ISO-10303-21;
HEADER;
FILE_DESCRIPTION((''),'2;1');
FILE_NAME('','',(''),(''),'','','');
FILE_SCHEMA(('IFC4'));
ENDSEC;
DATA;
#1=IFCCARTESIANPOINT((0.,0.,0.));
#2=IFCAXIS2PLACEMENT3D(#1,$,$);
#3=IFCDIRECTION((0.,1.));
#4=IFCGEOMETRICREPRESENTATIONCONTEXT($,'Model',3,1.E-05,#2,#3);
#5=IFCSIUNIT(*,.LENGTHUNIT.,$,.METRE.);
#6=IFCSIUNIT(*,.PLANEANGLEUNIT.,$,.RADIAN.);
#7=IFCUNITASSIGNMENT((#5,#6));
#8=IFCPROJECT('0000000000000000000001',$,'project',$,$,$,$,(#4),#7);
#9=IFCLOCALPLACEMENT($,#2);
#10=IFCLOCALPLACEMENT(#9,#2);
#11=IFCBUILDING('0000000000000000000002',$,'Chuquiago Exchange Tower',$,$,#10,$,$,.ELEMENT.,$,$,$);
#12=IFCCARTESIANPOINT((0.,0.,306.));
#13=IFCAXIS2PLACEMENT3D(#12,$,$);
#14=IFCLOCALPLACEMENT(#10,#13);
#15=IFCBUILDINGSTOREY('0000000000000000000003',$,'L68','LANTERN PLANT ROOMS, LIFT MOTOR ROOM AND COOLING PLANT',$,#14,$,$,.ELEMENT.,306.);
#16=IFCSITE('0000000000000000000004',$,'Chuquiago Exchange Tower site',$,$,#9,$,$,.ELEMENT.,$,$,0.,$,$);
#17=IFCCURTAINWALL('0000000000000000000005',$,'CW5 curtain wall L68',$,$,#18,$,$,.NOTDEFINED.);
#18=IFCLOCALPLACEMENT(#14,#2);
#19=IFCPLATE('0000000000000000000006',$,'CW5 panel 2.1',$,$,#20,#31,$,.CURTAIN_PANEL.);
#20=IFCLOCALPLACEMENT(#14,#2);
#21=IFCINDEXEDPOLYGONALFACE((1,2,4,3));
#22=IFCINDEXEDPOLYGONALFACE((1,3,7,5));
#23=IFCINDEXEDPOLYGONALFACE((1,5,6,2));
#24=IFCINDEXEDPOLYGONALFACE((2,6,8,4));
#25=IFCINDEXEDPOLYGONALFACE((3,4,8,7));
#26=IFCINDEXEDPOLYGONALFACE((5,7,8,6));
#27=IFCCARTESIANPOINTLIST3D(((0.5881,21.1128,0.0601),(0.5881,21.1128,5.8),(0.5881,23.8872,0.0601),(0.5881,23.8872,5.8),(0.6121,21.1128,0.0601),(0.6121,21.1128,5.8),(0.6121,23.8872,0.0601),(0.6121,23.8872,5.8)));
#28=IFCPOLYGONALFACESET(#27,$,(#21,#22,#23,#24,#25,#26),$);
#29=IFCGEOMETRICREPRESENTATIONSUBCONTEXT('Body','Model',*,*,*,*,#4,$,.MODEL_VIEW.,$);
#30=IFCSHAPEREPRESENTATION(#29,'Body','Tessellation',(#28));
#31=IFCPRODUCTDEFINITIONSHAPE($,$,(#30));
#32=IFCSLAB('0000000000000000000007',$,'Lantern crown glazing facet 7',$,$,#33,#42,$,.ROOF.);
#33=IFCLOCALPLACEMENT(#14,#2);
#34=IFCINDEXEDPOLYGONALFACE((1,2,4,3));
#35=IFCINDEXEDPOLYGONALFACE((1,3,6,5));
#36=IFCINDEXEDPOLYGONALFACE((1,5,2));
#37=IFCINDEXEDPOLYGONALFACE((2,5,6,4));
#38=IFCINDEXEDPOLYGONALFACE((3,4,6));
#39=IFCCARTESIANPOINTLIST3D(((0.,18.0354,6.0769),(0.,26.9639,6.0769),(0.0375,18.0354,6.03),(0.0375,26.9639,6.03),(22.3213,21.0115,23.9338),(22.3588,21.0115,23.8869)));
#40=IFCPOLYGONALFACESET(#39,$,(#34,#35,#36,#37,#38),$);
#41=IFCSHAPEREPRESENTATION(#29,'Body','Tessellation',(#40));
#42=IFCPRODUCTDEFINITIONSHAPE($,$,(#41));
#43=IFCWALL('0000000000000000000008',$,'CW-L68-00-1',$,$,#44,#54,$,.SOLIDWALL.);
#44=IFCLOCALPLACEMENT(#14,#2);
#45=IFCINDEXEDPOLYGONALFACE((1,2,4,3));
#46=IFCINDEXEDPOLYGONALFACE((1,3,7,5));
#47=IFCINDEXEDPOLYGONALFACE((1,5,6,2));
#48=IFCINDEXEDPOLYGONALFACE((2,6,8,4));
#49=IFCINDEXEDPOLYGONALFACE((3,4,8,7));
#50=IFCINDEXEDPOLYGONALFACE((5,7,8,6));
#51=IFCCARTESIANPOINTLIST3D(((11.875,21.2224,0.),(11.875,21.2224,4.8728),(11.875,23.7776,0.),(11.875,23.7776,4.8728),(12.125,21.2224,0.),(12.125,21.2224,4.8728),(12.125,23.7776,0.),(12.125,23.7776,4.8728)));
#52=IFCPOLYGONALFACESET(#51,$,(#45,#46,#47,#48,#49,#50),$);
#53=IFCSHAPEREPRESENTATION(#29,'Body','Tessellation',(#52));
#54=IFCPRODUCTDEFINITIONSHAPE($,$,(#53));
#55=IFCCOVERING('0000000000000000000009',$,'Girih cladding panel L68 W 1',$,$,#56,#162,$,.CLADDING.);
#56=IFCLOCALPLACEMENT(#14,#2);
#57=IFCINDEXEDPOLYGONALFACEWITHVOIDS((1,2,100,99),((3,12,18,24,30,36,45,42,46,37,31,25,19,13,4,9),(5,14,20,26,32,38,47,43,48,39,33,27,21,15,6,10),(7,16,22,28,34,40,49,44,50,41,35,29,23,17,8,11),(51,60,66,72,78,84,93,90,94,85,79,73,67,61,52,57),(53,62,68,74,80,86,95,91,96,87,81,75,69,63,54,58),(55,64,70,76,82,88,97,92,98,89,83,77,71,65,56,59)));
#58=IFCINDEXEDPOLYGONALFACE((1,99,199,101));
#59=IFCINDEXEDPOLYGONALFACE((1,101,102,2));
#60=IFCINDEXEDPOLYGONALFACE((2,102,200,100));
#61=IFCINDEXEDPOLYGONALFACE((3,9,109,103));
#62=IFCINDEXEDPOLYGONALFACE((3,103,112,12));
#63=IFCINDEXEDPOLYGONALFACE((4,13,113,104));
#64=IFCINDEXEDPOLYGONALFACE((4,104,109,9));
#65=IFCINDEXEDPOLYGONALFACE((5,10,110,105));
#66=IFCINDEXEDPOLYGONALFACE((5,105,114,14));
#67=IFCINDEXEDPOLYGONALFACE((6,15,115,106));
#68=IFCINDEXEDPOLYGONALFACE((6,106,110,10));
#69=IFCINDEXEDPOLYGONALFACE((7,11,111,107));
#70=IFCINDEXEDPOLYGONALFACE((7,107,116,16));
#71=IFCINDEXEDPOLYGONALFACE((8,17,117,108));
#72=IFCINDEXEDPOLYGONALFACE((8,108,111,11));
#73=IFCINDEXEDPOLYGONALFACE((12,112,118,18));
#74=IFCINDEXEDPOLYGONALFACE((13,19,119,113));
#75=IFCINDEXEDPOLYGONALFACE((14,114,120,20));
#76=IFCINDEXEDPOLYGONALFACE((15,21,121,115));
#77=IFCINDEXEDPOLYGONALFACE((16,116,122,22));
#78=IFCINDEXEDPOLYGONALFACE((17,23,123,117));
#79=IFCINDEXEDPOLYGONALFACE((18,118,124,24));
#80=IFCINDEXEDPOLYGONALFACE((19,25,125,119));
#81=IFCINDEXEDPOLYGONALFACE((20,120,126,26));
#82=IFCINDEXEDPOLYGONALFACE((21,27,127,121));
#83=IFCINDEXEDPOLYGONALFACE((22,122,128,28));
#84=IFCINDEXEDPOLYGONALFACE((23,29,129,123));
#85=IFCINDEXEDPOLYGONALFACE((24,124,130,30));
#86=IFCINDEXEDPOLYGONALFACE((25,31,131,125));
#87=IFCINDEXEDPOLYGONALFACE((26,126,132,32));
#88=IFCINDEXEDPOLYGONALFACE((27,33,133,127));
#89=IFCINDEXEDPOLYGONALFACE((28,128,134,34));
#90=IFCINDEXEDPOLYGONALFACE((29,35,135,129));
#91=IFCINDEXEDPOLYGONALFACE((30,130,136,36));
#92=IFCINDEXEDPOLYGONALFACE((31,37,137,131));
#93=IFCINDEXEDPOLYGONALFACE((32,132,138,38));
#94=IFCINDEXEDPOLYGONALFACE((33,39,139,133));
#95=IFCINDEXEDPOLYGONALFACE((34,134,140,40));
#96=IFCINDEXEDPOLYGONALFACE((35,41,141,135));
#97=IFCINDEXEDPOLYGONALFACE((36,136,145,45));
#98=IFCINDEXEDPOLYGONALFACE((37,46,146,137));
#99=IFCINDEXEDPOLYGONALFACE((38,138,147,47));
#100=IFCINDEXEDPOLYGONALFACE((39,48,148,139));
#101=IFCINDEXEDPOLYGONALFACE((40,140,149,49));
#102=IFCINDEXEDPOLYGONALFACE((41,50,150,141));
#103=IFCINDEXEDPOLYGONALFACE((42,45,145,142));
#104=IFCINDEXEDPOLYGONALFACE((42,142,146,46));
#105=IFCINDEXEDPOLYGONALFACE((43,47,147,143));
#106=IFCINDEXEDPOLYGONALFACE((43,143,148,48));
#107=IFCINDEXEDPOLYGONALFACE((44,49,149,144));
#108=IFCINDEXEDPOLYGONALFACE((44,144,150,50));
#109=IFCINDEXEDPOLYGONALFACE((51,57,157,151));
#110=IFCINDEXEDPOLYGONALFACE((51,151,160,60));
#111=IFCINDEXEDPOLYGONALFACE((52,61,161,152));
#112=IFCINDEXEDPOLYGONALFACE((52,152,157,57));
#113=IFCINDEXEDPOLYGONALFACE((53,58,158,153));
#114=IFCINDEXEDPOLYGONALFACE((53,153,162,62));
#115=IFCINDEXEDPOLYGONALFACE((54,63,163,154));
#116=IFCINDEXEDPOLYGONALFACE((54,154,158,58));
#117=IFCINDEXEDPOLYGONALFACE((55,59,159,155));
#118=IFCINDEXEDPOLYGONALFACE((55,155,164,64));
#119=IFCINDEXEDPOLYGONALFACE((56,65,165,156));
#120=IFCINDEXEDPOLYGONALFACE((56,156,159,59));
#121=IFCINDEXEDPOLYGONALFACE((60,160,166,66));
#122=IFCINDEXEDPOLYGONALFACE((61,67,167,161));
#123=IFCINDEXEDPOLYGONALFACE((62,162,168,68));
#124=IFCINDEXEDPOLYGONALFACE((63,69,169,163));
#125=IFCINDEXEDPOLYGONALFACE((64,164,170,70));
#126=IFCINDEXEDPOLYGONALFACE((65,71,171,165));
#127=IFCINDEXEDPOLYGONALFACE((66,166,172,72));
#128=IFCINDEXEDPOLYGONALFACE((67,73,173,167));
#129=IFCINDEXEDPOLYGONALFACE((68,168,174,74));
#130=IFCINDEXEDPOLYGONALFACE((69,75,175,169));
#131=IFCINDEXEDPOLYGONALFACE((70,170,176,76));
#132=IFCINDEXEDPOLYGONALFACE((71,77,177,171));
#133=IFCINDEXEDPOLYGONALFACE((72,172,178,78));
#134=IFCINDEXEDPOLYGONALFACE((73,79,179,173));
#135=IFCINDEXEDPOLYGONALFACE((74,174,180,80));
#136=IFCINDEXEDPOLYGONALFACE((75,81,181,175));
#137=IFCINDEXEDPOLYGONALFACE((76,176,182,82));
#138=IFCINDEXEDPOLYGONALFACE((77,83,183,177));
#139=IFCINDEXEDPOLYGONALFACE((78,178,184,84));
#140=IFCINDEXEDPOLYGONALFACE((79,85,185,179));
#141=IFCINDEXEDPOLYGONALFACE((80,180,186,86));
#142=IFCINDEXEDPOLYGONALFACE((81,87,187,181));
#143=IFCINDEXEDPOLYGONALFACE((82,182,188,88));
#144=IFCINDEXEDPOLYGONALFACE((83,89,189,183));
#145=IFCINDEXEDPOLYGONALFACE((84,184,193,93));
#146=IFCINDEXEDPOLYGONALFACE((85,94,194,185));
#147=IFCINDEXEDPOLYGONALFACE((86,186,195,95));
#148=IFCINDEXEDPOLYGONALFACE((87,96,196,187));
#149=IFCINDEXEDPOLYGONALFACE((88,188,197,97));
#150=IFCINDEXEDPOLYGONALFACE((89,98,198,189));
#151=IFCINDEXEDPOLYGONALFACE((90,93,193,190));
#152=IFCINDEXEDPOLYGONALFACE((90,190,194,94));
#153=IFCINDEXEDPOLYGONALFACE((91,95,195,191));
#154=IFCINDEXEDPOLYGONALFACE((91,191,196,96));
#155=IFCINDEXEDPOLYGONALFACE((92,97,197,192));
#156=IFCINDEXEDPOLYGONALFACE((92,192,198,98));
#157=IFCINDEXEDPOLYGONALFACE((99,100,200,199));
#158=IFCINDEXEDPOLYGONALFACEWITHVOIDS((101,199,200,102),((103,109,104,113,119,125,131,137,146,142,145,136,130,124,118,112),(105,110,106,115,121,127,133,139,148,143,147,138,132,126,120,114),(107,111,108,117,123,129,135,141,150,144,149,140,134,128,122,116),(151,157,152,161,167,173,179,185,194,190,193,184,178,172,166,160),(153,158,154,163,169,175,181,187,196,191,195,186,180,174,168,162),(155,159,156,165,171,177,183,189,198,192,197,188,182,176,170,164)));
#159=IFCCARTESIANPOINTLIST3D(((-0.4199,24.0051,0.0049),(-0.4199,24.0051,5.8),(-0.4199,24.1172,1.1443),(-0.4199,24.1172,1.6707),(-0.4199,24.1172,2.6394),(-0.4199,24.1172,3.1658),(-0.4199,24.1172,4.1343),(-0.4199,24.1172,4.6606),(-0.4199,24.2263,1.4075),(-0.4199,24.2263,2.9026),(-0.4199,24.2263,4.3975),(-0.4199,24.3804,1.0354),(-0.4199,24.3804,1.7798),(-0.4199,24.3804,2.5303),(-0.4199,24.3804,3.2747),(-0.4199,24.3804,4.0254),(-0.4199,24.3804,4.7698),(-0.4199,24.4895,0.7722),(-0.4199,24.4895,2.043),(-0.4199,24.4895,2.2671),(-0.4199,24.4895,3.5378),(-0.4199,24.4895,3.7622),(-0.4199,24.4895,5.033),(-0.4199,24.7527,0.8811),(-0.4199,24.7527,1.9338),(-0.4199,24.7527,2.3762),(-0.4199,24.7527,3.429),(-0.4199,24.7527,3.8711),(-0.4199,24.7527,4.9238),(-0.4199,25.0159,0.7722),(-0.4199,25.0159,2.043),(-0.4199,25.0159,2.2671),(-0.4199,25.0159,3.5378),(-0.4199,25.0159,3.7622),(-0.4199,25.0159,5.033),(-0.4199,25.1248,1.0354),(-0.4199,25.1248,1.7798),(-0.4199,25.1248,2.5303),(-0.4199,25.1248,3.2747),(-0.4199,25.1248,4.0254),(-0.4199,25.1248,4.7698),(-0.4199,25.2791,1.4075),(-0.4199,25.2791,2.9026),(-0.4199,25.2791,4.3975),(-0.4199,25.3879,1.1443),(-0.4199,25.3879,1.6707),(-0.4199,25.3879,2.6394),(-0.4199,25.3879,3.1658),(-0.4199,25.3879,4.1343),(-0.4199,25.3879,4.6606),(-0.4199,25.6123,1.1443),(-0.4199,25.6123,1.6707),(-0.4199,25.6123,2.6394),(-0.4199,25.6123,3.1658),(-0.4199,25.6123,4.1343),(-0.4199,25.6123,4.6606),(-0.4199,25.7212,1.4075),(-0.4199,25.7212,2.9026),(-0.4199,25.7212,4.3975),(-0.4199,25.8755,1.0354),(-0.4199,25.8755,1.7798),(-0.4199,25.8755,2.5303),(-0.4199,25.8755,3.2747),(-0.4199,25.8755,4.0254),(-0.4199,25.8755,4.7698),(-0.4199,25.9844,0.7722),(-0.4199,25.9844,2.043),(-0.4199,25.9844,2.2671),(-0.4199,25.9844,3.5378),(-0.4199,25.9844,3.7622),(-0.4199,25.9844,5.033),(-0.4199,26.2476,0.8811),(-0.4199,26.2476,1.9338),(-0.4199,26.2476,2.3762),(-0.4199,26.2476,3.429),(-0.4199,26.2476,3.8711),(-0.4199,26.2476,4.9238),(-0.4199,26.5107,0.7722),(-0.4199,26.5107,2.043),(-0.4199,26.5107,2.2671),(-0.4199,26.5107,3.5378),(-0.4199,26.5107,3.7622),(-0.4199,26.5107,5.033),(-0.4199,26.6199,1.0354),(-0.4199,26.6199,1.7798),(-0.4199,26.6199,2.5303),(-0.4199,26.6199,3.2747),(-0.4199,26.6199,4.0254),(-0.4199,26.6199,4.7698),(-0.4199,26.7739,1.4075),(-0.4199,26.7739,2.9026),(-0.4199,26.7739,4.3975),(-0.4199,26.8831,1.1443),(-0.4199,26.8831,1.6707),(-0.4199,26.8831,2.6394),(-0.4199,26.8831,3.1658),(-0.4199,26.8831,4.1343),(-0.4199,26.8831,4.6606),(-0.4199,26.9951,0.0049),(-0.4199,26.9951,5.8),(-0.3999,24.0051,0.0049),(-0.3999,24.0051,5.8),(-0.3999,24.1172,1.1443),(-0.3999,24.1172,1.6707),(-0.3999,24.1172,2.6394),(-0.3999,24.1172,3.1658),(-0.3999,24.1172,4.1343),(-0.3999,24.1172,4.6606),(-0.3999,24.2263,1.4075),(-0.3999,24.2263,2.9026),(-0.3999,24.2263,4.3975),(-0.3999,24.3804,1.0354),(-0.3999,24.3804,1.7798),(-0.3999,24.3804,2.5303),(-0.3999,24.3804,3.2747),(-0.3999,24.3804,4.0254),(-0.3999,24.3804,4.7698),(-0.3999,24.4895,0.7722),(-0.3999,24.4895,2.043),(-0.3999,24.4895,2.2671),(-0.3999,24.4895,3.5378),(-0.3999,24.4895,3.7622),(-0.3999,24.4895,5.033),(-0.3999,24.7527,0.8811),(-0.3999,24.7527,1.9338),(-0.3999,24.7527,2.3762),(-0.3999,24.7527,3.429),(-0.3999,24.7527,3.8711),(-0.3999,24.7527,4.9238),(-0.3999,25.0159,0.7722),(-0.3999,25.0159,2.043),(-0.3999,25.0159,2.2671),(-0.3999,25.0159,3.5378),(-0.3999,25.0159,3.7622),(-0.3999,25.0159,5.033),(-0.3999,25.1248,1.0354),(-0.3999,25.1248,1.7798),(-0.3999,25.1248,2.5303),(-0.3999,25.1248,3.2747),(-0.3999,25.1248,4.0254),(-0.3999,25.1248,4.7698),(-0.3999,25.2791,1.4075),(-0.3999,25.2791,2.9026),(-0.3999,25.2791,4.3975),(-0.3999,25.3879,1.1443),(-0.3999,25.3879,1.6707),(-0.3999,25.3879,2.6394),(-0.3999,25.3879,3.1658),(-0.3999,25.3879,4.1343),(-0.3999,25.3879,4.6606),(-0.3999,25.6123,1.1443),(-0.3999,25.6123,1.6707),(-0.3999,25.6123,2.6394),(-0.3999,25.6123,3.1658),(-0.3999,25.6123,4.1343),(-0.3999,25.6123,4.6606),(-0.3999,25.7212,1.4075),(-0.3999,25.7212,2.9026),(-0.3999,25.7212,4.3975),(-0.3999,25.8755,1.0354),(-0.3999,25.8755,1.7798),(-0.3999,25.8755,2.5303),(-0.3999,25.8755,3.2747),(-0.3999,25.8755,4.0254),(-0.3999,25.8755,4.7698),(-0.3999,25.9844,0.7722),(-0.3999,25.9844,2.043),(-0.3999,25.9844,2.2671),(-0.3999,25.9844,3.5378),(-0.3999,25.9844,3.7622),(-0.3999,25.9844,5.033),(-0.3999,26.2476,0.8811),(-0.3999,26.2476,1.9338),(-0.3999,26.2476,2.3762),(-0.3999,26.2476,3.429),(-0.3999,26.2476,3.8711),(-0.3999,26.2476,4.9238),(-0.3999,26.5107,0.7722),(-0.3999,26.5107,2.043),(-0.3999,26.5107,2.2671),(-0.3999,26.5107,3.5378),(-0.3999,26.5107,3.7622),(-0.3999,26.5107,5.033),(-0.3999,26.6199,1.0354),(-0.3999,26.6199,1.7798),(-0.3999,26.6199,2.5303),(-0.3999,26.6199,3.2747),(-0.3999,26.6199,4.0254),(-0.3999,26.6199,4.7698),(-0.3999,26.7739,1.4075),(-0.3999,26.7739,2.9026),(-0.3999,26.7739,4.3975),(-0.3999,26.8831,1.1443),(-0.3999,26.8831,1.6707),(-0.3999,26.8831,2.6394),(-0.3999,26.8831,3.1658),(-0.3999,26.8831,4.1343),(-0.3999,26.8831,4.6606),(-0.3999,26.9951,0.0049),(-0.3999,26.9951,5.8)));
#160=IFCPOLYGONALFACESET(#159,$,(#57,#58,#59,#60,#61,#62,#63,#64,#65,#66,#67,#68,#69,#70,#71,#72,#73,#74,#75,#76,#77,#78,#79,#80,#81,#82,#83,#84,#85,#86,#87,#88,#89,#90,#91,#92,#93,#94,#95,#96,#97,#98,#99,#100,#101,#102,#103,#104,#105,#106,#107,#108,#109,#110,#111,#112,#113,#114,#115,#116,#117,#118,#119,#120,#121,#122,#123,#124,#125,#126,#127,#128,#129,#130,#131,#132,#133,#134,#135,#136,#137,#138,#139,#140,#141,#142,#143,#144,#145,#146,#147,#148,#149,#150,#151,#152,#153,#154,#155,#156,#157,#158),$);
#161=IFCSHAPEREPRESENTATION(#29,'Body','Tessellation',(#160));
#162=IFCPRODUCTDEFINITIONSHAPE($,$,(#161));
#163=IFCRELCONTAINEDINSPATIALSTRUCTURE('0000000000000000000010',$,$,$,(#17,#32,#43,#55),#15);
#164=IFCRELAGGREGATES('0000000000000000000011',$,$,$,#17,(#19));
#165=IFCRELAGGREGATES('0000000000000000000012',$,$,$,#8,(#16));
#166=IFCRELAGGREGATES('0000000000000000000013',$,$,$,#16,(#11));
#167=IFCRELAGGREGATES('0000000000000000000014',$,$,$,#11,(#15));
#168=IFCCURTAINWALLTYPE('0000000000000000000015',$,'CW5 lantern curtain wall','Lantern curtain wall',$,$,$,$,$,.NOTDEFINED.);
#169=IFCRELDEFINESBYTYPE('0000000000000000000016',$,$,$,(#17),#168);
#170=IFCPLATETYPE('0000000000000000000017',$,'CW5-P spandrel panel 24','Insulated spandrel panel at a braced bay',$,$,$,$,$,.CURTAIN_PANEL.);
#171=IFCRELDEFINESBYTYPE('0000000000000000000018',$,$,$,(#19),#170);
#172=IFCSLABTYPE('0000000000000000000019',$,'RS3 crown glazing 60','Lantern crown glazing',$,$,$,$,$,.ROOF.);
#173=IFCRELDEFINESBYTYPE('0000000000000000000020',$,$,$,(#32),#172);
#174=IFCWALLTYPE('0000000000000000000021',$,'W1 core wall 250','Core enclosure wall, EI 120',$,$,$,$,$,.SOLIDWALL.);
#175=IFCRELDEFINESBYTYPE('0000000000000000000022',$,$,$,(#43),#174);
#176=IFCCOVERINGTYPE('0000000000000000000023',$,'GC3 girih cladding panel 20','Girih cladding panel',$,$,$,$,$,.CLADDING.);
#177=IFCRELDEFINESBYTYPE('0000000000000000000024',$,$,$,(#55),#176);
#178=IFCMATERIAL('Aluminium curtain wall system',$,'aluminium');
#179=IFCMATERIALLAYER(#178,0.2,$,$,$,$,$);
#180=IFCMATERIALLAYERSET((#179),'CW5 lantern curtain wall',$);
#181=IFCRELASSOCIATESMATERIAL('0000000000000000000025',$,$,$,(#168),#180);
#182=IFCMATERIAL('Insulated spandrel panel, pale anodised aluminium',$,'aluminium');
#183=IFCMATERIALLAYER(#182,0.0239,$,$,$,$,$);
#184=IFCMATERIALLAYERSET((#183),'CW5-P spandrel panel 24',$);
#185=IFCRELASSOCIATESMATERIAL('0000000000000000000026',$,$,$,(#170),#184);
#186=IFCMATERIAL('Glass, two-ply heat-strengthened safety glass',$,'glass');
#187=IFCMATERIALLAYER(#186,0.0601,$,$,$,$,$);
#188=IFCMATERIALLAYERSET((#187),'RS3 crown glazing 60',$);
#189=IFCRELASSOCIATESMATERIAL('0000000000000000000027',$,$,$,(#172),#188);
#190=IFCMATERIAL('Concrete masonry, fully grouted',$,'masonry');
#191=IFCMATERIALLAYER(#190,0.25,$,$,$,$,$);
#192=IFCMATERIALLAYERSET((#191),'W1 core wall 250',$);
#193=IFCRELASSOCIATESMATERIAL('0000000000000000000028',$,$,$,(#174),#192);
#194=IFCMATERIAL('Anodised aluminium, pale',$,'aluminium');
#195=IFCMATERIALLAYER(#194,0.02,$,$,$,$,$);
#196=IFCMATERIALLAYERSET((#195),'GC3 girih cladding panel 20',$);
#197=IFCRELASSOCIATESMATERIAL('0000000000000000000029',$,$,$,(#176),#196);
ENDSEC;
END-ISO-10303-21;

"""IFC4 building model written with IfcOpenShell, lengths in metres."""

from ifc_helpers import new_model, si_unit, direction, frame, frame_2d, origin, origin_2d, place, context, subcontext, project, spatial, polyline, rectangle, outline, extrude, material, layer, layer_set, type_object, element, aggregate, save


model = new_model("IFC4")

# Units and contexts
model_context = context("Model", 3, precision=1e-05, world=origin(), true_north=direction((0.0, 1.0)))
body_context = subcontext(model_context, "Body", "Model", "MODEL_VIEW")
ifc_project = project(units=[si_unit("LENGTHUNIT", "METRE"), si_unit("PLANEANGLEUNIT", "RADIAN")], contexts=[model_context])

# Site, building, storey
site_placement = place(None, origin())
site = spatial("IfcSite", under=ifc_project, at=site_placement, Name="Chuquiago Exchange Tower site", CompositionType="ELEMENT", RefElevation=0.0)
building_placement = place(site_placement, origin())
building = spatial("IfcBuilding", under=site, at=building_placement, Name="Chuquiago Exchange Tower", CompositionType="ELEMENT")
storey_placement = place(building_placement, frame((0.0, 0.0, 306.0)))
storey = spatial("IfcBuildingStorey", under=building, at=storey_placement, Name="L68", Description="LANTERN PLANT ROOMS, LIFT MOTOR ROOM AND COOLING PLANT", CompositionType="ELEMENT", Elevation=306.0)

# Curtain wall
ifc_material_1 = material(Name="Aluminium curtain wall system", Category="aluminium")
ifc_layer_1 = layer(ifc_material_1, 0.2)
ifc_layer_set_1 = layer_set([ifc_layer_1], Name="CW5 lantern curtain wall")
curtain_wall_type = type_object("IfcCurtainWallType", Name="CW5 lantern curtain wall", Description="Lantern curtain wall", PredefinedType="NOTDEFINED", material=ifc_layer_set_1)
curtain_wall_1_placement = place(storey_placement, origin())
curtain_wall_1 = element("IfcCurtainWall", 1, at=curtain_wall_1_placement, inside=storey, type_object=curtain_wall_type, Name="CW5 curtain wall L68", PredefinedType="NOTDEFINED")

# Plate
ifc_material_2 = material(Name="Insulated spandrel panel, pale anodised aluminium", Category="aluminium")
ifc_layer_2 = layer(ifc_material_2, 0.0239)
ifc_layer_set_2 = layer_set([ifc_layer_2], Name="CW5-P spandrel panel 24")
plate_type_1 = type_object("IfcPlateType", Name="CW5-P spandrel panel 24", Description="Insulated spandrel panel at a braced bay", PredefinedType="CURTAIN_PANEL", material=ifc_layer_set_2)
plate_1_placement = place(storey_placement, frame((0.6001, 22.5, 0.0601), z_axis=(0.0, 0.0, 1.0), x_axis=(0.0, -1.0, 0.0)))
plate_1 = element("IfcPlate", 2, at=plate_1_placement, type_object=plate_type_1, Name="CW5 panel 2.1", PredefinedType="CURTAIN_PANEL", context=body_context, shape_type="SweptSolid", body=[
    extrude(rectangle(XDim=2.7744, YDim=0.0239, at=origin_2d()), origin(), (0.0, 0.0, 1.0), 5.74),
])
aggregate(curtain_wall_1, [plate_1])

# Slab
ifc_material_3 = material(Name="Glass, two-ply heat-strengthened safety glass", Category="glass")
ifc_layer_3 = layer(ifc_material_3, 0.0601)
ifc_layer_set_3 = layer_set([ifc_layer_3], Name="RS3 crown glazing 60")
slab_type = type_object("IfcSlabType", Name="RS3 crown glazing 60", Description="Lantern crown glazing", PredefinedType="ROOF", material=ifc_layer_set_3)
slab_placement = place(storey_placement, frame((0.0, 26.9639, 6.0769), z_axis=(-0.624693, 0.0, 0.78087), x_axis=(0.0, -1.0, 0.0)))
element("IfcSlab", 3, at=slab_placement, inside=storey, type_object=slab_type, Name="Lantern crown glazing facet 7", PredefinedType="ROOF", context=body_context, shape_type="SweptSolid", body=[
    extrude(outline(polyline([(0.0, 0.0), (8.9285, 0.0), (5.9524, 28.5851), (0.0, 0.0)])), origin(), (0.0, 0.0, -1.0), 0.0601),
])

# Wall
ifc_material_4 = material(Name="Concrete masonry, fully grouted", Category="masonry")
ifc_layer_4 = layer(ifc_material_4, 0.25)
ifc_layer_set_4 = layer_set([ifc_layer_4], Name="W1 core wall 250")
wall_type = type_object("IfcWallType", Name="W1 core wall 250", Description="Core enclosure wall, EI 120", PredefinedType="SOLIDWALL", material=ifc_layer_set_4)
wall_placement = place(storey_placement, frame((12.0, 21.2224, 0.0), z_axis=(0.0, 0.0, 1.0), x_axis=(0.0, 1.0, 0.0)))
element("IfcWall", 4, at=wall_placement, inside=storey, type_object=wall_type, Name="CW-L68-00-1", PredefinedType="SOLIDWALL", context=body_context, shape_type="SweptSolid", body=[
    extrude(rectangle(XDim=2.5552, YDim=0.25, at=frame_2d((1.2776, 0.0))), origin(), (0.0, 0.0, 1.0), 4.8728),
])

# Covering
ifc_material_5 = material(Name="Anodised aluminium, pale", Category="aluminium")
ifc_layer_5 = layer(ifc_material_5, 0.02)
ifc_layer_set_5 = layer_set([ifc_layer_5], Name="GC3 girih cladding panel 20")
covering_type = type_object("IfcCoveringType", Name="GC3 girih cladding panel 20", Description="Girih cladding panel", PredefinedType="CLADDING", material=ifc_layer_set_5)
covering_1_placement = place(storey_placement, frame((-0.3999, 26.9951, 0.0049), z_axis=(0.0, 0.0, 1.0), x_axis=(0.0, -1.0, 0.0)))
element("IfcCovering", 5, at=covering_1_placement, inside=storey, type_object=covering_type, Name="Girih cladding panel L68 W 1", PredefinedType="CLADDING", context=body_context, shape_type="SweptSolid", body=[
    extrude(outline(polyline([(0.0, 0.0), (2.99, 0.0), (2.99, 5.7952), (0.0, 5.7952), (0.0, 0.0)]), holes=[polyline([(1.2739, 1.4026), (1.3828, 1.6658), (1.1196, 1.7749), (1.0107, 2.0381), (0.7476, 1.929), (0.4844, 2.0381), (0.3752, 1.7749), (0.1121, 1.6658), (0.2212, 1.4026), (0.1121, 1.1394), (0.3752, 1.0305), (0.4844, 0.7673), (0.7476, 0.8762), (1.0107, 0.7673), (1.1196, 1.0305), (1.3828, 1.1394), (1.2739, 1.4026)]), polyline([(2.7688, 1.4026), (2.8779, 1.6658), (2.6147, 1.7749), (2.5056, 2.0381), (2.2424, 1.929), (1.9792, 2.0381), (1.8704, 1.7749), (1.6072, 1.6658), (1.7161, 1.4026), (1.6072, 1.1394), (1.8704, 1.0305), (1.9792, 0.7673), (2.2424, 0.8762), (2.5056, 0.7673), (2.6147, 1.0305), (2.8779, 1.1394), (2.7688, 1.4026)]), polyline([(1.2739, 2.8977), (1.3828, 3.1609), (1.1196, 3.2698), (1.0107, 3.533), (0.7476, 3.4241), (0.4844, 3.533), (0.3752, 3.2698), (0.1121, 3.1609), (0.2212, 2.8977), (0.1121, 2.6345), (0.3752, 2.5254), (0.4844, 2.2622), (0.7476, 2.3713), (1.0107, 2.2622), (1.1196, 2.5254), (1.3828, 2.6345), (1.2739, 2.8977)]), polyline([(2.7688, 2.8977), (2.8779, 3.1609), (2.6147, 3.2698), (2.5056, 3.533), (2.2424, 3.4241), (1.9792, 3.533), (1.8704, 3.2698), (1.6072, 3.1609), (1.7161, 2.8977), (1.6072, 2.6345), (1.8704, 2.5254), (1.9792, 2.2622), (2.2424, 2.3713), (2.5056, 2.2622), (2.6147, 2.5254), (2.8779, 2.6345), (2.7688, 2.8977)]), polyline([(1.2739, 4.3926), (1.3828, 4.6558), (1.1196, 4.7649), (1.0107, 5.0281), (0.7476, 4.9189), (0.4844, 5.0281), (0.3752, 4.7649), (0.1121, 4.6558), (0.2212, 4.3926), (0.1121, 4.1294), (0.3752, 4.0205), (0.4844, 3.7573), (0.7476, 3.8662), (1.0107, 3.7573), (1.1196, 4.0205), (1.3828, 4.1294), (1.2739, 4.3926)]), polyline([(2.7688, 4.3926), (2.8779, 4.6558), (2.6147, 4.7649), (2.5056, 5.0281), (2.2424, 4.9189), (1.9792, 5.0281), (1.8704, 4.7649), (1.6072, 4.6558), (1.7161, 4.3926), (1.6072, 4.1294), (1.8704, 4.0205), (1.9792, 3.7573), (2.2424, 3.8662), (2.5056, 3.7573), (2.6147, 4.0205), (2.8779, 4.1294), (2.7688, 4.3926)])]), frame((0.0, 0.0, 0.0), z_axis=(0.0, -1.0, 0.0), x_axis=(1.0, 0.0, 0.0)), (0.0, 0.0, 1.0), 0.02),
])

save(model, "model.ifc")
